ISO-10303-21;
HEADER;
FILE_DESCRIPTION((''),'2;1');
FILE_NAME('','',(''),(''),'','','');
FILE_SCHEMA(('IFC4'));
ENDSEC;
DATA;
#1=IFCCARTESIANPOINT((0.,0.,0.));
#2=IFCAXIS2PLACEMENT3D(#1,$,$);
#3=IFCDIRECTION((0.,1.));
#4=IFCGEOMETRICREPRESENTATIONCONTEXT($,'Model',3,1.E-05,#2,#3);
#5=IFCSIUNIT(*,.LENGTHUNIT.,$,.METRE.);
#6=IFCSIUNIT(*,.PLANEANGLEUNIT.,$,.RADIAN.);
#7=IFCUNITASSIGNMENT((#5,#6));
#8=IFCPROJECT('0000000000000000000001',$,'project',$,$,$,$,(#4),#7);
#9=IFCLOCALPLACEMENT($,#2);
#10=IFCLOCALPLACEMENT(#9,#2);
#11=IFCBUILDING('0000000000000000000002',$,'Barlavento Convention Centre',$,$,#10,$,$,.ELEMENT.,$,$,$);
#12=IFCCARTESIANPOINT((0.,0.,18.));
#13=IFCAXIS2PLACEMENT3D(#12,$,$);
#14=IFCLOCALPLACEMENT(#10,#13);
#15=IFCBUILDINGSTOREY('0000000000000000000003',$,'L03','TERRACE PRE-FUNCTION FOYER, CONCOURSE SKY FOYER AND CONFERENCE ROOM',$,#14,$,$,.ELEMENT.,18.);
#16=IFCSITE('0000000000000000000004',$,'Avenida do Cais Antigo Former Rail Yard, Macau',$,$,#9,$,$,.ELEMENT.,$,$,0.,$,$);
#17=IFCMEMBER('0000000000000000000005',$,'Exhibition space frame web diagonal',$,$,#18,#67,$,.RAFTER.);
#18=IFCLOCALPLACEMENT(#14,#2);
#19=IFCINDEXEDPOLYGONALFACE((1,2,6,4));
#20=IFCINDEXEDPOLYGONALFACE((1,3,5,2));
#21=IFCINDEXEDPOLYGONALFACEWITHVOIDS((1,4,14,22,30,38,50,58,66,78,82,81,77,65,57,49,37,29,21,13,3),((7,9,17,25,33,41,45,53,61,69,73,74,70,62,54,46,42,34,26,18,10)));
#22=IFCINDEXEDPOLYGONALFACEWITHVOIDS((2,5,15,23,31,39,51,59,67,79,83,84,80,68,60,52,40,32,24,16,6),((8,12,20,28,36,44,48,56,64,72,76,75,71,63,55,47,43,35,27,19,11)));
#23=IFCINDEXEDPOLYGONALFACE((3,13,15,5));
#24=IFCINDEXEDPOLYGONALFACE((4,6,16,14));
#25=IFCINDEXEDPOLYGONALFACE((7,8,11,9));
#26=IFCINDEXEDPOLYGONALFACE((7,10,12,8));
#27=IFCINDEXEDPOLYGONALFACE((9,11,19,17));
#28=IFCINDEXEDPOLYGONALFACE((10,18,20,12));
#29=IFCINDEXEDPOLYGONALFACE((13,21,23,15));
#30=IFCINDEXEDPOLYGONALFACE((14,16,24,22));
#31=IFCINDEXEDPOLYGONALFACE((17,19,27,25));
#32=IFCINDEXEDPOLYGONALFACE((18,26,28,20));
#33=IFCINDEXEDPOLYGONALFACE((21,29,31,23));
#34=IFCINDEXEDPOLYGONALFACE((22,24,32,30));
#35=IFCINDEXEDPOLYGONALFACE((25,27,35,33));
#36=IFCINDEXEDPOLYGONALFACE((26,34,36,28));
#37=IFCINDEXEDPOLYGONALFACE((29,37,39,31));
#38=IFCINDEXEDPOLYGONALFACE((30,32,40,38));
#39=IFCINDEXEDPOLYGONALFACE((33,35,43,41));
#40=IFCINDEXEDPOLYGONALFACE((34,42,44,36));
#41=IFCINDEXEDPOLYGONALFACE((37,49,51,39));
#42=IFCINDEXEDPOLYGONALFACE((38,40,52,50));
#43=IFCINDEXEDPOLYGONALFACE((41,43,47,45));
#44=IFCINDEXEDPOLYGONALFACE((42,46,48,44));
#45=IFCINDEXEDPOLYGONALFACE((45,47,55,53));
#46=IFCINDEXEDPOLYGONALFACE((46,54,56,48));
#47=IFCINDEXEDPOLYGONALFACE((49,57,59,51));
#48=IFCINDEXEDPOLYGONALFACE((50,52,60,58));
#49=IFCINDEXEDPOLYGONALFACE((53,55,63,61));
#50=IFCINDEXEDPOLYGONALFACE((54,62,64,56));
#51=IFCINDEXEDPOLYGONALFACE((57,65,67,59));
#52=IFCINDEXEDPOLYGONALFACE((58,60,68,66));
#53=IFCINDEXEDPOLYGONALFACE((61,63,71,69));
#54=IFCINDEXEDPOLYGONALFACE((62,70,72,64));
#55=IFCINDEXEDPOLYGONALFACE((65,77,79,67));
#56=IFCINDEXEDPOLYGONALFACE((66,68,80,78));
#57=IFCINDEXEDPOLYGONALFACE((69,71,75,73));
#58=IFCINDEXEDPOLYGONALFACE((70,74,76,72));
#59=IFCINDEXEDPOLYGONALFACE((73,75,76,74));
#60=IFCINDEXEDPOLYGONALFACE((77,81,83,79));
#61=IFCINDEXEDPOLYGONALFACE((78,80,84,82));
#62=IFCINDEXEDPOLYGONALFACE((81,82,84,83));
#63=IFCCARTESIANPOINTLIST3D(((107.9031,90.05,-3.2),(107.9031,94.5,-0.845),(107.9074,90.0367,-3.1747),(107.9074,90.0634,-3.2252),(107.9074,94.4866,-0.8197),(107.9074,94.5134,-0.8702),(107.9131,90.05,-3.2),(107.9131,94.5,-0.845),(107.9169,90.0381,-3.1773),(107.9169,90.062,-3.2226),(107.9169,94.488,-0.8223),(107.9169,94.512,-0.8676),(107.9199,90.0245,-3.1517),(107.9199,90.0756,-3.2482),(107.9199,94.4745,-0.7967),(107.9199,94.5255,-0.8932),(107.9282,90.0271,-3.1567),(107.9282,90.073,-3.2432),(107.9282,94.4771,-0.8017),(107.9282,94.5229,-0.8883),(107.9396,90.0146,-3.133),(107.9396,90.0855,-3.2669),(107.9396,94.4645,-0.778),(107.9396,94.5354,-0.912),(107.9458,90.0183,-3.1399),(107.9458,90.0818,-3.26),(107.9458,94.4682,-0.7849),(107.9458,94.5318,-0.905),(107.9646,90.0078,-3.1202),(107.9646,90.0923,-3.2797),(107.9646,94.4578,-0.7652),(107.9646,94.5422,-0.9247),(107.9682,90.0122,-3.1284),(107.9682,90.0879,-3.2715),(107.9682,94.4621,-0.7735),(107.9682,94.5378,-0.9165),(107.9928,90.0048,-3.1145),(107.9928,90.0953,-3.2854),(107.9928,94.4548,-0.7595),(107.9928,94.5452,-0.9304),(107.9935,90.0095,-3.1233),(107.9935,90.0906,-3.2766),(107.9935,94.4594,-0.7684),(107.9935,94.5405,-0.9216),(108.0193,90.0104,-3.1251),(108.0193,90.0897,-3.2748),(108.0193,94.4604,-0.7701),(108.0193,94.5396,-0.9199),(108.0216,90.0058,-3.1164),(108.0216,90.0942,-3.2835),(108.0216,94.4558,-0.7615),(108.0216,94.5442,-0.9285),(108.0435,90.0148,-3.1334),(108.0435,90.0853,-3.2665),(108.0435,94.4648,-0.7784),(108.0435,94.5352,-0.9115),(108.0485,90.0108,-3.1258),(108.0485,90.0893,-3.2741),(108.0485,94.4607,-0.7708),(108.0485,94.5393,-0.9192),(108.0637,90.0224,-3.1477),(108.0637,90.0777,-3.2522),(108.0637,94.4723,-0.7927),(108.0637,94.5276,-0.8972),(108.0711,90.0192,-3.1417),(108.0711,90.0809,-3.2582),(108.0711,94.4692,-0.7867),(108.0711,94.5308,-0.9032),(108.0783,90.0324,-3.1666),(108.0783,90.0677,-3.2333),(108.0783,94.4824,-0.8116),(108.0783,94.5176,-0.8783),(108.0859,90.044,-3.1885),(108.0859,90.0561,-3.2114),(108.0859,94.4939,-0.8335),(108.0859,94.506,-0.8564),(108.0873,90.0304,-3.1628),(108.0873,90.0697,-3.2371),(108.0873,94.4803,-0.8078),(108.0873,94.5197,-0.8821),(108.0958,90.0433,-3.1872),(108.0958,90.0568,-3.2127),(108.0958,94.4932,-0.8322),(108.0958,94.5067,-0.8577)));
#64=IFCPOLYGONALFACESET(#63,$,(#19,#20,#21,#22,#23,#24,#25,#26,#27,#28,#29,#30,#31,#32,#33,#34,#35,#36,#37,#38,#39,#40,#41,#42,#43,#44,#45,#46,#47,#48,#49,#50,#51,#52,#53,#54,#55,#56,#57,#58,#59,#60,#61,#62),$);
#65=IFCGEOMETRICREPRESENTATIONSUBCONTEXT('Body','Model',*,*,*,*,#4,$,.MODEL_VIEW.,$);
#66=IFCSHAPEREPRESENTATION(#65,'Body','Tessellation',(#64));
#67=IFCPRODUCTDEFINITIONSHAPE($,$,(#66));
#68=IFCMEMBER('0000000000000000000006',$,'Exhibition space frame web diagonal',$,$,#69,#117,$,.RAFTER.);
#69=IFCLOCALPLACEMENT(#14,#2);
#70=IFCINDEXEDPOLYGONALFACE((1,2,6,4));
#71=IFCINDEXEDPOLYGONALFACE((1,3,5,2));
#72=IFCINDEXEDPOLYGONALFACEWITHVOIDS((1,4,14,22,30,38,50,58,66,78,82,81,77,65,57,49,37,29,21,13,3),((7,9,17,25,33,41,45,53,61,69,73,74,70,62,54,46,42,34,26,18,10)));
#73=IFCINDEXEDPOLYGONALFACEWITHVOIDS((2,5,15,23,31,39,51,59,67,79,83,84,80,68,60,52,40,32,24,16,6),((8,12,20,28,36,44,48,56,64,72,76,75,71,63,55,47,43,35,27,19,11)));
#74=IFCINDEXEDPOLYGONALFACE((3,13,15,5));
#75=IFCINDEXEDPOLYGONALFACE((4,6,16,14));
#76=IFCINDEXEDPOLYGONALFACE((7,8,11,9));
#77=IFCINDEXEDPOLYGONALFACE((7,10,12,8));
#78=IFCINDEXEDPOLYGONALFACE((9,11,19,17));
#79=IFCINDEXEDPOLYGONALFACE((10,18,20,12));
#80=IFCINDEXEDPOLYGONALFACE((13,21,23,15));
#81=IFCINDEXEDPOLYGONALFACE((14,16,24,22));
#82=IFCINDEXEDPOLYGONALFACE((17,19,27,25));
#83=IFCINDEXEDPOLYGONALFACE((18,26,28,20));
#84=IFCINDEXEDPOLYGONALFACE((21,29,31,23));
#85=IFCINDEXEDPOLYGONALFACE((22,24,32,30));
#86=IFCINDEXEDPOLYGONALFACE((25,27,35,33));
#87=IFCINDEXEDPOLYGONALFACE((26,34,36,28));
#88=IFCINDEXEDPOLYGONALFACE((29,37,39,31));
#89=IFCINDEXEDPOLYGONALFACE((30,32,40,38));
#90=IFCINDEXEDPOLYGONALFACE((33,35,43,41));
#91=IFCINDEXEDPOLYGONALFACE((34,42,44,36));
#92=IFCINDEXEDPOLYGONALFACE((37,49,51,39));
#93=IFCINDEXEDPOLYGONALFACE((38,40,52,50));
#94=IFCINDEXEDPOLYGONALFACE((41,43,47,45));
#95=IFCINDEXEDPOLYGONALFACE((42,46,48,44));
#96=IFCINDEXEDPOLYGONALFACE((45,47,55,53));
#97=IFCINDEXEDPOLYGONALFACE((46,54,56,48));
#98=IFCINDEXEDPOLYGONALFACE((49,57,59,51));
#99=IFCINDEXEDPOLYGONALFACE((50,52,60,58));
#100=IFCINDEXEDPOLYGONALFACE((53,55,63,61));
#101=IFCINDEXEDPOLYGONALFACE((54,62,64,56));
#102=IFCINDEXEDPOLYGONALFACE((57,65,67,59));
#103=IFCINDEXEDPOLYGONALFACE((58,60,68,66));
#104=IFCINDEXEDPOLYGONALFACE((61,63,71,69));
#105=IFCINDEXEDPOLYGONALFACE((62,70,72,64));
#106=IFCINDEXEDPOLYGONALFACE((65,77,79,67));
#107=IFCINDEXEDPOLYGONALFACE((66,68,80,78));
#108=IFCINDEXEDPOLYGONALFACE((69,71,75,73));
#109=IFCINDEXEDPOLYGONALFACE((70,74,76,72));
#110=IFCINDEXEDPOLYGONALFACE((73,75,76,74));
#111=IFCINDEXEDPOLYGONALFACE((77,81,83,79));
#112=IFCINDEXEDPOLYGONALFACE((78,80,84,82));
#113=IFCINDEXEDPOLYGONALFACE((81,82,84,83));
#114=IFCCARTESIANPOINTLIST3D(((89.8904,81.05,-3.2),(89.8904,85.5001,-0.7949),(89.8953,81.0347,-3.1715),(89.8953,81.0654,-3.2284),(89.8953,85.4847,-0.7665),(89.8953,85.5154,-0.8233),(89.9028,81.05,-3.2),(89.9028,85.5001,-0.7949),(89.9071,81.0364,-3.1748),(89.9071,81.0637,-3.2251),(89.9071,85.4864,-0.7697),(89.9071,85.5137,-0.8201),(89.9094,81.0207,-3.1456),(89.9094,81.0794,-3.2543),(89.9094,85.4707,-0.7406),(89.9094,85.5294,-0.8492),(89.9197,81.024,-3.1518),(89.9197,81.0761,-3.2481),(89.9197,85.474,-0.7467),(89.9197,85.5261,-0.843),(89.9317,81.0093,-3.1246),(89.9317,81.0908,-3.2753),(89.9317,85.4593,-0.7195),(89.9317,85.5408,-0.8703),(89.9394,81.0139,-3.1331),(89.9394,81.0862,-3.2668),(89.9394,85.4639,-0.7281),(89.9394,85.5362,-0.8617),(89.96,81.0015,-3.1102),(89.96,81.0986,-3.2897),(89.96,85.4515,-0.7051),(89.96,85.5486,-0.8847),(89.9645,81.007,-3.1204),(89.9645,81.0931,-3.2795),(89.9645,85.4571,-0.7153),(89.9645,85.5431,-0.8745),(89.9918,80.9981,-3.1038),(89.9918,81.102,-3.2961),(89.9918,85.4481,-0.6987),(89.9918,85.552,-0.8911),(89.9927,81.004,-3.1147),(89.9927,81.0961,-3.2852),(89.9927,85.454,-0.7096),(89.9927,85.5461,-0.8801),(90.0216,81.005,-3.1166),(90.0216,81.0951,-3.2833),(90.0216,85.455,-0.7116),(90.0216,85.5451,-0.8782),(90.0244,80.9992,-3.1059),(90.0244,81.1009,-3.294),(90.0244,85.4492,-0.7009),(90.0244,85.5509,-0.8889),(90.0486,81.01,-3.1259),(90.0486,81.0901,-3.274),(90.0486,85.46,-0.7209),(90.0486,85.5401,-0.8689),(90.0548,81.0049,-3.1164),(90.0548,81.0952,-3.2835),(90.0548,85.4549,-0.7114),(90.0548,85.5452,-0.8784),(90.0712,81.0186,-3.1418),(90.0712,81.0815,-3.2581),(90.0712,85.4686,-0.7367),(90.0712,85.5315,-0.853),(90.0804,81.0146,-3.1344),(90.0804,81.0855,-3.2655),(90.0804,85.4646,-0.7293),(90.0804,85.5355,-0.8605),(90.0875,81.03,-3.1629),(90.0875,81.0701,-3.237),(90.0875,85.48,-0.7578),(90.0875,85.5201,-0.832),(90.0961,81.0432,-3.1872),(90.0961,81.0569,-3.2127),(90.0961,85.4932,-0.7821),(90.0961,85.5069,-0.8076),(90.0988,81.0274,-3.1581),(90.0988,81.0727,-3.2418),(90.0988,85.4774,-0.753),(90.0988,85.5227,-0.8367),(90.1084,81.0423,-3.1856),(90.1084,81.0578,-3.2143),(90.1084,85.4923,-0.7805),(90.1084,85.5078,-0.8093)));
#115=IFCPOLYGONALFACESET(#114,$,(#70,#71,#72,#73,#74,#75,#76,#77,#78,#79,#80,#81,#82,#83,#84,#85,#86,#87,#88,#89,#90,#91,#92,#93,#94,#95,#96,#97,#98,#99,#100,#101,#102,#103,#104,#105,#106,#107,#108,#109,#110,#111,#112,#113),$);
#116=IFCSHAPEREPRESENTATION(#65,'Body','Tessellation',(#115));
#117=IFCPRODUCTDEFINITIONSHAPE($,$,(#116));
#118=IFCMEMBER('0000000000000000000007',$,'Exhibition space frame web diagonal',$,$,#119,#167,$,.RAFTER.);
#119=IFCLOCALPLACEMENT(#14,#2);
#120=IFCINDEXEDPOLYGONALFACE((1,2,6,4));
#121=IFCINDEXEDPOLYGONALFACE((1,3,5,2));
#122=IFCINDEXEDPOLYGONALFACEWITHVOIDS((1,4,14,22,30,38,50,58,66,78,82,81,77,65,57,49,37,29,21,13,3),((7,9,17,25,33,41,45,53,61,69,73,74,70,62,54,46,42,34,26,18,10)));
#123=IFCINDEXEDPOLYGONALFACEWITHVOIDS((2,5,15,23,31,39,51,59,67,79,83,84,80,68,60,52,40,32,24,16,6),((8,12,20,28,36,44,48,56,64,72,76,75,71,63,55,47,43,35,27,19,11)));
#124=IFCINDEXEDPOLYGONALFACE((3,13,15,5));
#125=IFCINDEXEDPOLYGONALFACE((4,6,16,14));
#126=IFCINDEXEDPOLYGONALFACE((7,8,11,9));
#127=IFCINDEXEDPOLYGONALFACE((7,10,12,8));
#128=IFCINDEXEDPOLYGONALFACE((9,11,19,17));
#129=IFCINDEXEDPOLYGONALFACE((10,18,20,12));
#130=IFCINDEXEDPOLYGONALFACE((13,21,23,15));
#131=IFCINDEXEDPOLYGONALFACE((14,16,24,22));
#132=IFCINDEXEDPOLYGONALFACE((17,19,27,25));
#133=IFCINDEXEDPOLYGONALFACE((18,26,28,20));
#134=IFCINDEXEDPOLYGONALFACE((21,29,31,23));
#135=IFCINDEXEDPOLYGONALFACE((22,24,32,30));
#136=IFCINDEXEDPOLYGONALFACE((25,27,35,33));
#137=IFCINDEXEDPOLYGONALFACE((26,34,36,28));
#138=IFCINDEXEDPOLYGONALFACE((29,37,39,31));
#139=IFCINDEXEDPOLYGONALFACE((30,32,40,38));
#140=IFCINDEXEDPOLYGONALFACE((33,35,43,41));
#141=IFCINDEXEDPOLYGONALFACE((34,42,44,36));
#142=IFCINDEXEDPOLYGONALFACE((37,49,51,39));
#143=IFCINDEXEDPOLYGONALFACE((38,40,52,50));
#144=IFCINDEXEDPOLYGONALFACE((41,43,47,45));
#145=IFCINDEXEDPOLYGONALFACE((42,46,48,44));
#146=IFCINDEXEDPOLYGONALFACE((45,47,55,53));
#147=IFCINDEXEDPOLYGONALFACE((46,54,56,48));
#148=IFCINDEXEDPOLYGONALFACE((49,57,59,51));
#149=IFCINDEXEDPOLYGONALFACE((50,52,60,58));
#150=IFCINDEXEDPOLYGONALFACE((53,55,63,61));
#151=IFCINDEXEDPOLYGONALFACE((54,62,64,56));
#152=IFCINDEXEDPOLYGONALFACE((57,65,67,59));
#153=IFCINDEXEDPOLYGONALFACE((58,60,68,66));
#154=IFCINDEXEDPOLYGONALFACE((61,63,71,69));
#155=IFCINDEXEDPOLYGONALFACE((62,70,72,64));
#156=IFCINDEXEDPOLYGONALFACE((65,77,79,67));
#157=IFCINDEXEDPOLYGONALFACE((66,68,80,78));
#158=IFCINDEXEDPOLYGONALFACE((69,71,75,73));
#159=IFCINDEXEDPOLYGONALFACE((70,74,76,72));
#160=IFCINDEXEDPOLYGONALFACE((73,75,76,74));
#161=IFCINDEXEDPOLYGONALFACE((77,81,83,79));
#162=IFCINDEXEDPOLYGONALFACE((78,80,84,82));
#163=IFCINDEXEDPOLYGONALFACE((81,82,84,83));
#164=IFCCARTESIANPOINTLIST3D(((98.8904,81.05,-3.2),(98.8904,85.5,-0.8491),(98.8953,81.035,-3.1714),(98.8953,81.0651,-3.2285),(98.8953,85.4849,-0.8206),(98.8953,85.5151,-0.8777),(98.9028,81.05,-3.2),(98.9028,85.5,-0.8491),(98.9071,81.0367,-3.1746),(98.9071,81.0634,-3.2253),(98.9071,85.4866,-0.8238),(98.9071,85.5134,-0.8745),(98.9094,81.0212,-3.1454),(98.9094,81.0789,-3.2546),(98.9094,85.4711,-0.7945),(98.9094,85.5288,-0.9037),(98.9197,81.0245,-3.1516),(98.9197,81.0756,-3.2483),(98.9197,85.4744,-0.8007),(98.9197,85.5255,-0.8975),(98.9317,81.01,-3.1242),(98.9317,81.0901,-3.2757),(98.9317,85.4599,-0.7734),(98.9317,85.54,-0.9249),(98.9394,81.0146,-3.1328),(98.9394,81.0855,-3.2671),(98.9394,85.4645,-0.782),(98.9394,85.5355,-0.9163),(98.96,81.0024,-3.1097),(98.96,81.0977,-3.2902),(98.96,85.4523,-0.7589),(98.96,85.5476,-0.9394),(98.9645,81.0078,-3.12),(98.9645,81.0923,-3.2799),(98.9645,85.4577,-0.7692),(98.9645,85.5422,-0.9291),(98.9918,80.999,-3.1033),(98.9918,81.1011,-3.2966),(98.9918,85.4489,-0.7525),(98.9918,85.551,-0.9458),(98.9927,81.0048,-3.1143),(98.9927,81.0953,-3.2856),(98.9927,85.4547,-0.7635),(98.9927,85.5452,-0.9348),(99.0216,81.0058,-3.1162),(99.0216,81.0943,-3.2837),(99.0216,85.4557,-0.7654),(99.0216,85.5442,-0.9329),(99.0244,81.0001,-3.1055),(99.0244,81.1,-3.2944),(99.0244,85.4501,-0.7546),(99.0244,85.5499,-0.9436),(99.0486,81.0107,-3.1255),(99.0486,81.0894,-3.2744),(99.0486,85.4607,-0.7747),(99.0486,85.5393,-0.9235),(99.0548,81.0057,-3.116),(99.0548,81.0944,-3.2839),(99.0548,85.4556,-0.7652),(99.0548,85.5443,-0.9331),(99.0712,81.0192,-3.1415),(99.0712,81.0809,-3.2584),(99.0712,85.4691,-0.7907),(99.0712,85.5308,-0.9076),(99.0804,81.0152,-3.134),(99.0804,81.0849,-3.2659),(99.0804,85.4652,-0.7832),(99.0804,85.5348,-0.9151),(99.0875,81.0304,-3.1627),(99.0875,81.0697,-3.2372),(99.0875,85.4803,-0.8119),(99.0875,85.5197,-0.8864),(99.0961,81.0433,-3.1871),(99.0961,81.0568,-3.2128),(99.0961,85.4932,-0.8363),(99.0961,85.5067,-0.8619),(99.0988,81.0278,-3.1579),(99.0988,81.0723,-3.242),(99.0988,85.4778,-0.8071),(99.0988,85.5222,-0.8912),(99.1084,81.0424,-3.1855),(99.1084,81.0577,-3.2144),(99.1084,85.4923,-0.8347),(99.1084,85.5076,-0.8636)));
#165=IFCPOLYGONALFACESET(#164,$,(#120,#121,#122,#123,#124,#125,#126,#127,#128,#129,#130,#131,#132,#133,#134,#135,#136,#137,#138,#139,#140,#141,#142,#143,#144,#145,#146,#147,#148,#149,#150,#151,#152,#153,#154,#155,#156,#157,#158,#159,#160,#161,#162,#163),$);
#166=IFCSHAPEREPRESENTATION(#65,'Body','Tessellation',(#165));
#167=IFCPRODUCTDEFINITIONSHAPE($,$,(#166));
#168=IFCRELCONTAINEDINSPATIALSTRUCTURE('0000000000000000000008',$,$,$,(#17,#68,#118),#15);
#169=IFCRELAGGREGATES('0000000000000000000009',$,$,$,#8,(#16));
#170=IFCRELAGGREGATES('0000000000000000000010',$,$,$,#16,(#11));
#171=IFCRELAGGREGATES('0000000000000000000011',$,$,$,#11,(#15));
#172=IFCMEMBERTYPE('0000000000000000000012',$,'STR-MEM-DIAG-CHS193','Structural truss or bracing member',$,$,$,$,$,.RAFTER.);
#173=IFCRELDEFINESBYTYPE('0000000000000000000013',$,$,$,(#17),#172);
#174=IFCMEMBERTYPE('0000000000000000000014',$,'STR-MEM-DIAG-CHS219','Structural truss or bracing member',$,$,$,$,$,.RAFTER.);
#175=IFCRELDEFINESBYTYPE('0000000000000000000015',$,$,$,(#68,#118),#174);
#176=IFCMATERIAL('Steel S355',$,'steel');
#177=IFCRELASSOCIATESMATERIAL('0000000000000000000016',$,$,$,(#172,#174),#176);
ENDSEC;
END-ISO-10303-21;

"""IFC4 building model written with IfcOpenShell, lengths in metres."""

from ifc_helpers import new_model, si_unit, direction, frame, origin, origin_2d, place, context, subcontext, project, spatial, hollow_circle, extrude, material, material_profile, profile_set, type_object, element, save


model = new_model("IFC4")

# Units and contexts
model_context = context("Model", 3, precision=1e-05, world=origin(), true_north=direction((0.0, 1.0)))
body_context = subcontext(model_context, "Body", "Model", "MODEL_VIEW")
ifc_project = project(units=[si_unit("LENGTHUNIT", "METRE"), si_unit("PLANEANGLEUNIT", "RADIAN")], contexts=[model_context])

# Site, building, storey
site_placement = place(None, origin())
site = spatial("IfcSite", under=ifc_project, at=site_placement, Name="Avenida do Cais Antigo Former Rail Yard, Macau", CompositionType="ELEMENT", RefElevation=0.0)
building_placement = place(site_placement, origin())
building = spatial("IfcBuilding", under=site, at=building_placement, Name="Barlavento Convention Centre", CompositionType="ELEMENT")
storey_placement = place(building_placement, frame((0.0, 0.0, 18.0)))
storey = spatial("IfcBuildingStorey", under=building, at=storey_placement, Name="L03", Description="TERRACE PRE-FUNCTION FOYER, CONCOURSE SKY FOYER AND CONFERENCE ROOM", CompositionType="ELEMENT", Elevation=18.0)

# Members
ifc_material_1 = material(Name="Steel S355", Category="steel")
ifc_material_profile_1 = material_profile(ifc_material_1, hollow_circle(Radius=0.0969, WallThickness=0.01, at=origin_2d()), Name="CHS 193.7x10.0")
ifc_profile_set_1 = profile_set([ifc_material_profile_1], Name="Steel S355")
member_type_1 = type_object("IfcMemberType", Name="STR-MEM-DIAG-CHS193", Description="Structural truss or bracing member", PredefinedType="RAFTER", material=ifc_profile_set_1)
member_1_placement = place(storey_placement, frame((108.0, 90.05, -3.2), z_axis=(0.0, 0.88386, 0.467752), x_axis=(-1.0, 0.0, 0.0)))
element("IfcMember", 1, at=member_1_placement, inside=storey, type_object=member_type_1, Name="Exhibition space frame web diagonal", PredefinedType="RAFTER", context=body_context, shape_type="SweptSolid", body=[
    extrude(hollow_circle(Radius=0.0969, WallThickness=0.01, at=origin_2d()), origin(), (0.0, 0.0, 1.0), 5.0347),
])
ifc_material_profile_2 = material_profile(ifc_material_1, hollow_circle(Radius=0.1096, WallThickness=0.0125, at=origin_2d()), Name="CHS 219.1x12.5")
ifc_profile_set_2 = profile_set([ifc_material_profile_2], Name="Steel S355")
member_type_2 = type_object("IfcMemberType", Name="STR-MEM-DIAG-CHS219", Description="Structural truss or bracing member", PredefinedType="RAFTER", material=ifc_profile_set_2)
member_2_placement = place(storey_placement, frame((90.0, 81.05, -3.2), z_axis=(0.0, 0.879735, 0.475464), x_axis=(-1.0, 0.0, 0.0)))
element("IfcMember", 2, at=member_2_placement, inside=storey, type_object=member_type_2, Name="Exhibition space frame web diagonal", PredefinedType="RAFTER", context=body_context, shape_type="SweptSolid", body=[
    extrude(hollow_circle(Radius=0.1096, WallThickness=0.0125, at=origin_2d()), origin(), (0.0, 0.0, 1.0), 5.0583),
])
member_3_placement = place(storey_placement, frame((99.0, 81.05, -3.2), z_axis=(0.0, 0.884201, 0.467107), x_axis=(-1.0, 0.0, 0.0)))
element("IfcMember", 3, at=member_3_placement, inside=storey, type_object=member_type_2, Name="Exhibition space frame web diagonal", PredefinedType="RAFTER", context=body_context, shape_type="SweptSolid", body=[
    extrude(hollow_circle(Radius=0.1096, WallThickness=0.0125, at=origin_2d()), origin(), (0.0, 0.0, 1.0), 5.0327),
])

save(model, "model.ifc")
